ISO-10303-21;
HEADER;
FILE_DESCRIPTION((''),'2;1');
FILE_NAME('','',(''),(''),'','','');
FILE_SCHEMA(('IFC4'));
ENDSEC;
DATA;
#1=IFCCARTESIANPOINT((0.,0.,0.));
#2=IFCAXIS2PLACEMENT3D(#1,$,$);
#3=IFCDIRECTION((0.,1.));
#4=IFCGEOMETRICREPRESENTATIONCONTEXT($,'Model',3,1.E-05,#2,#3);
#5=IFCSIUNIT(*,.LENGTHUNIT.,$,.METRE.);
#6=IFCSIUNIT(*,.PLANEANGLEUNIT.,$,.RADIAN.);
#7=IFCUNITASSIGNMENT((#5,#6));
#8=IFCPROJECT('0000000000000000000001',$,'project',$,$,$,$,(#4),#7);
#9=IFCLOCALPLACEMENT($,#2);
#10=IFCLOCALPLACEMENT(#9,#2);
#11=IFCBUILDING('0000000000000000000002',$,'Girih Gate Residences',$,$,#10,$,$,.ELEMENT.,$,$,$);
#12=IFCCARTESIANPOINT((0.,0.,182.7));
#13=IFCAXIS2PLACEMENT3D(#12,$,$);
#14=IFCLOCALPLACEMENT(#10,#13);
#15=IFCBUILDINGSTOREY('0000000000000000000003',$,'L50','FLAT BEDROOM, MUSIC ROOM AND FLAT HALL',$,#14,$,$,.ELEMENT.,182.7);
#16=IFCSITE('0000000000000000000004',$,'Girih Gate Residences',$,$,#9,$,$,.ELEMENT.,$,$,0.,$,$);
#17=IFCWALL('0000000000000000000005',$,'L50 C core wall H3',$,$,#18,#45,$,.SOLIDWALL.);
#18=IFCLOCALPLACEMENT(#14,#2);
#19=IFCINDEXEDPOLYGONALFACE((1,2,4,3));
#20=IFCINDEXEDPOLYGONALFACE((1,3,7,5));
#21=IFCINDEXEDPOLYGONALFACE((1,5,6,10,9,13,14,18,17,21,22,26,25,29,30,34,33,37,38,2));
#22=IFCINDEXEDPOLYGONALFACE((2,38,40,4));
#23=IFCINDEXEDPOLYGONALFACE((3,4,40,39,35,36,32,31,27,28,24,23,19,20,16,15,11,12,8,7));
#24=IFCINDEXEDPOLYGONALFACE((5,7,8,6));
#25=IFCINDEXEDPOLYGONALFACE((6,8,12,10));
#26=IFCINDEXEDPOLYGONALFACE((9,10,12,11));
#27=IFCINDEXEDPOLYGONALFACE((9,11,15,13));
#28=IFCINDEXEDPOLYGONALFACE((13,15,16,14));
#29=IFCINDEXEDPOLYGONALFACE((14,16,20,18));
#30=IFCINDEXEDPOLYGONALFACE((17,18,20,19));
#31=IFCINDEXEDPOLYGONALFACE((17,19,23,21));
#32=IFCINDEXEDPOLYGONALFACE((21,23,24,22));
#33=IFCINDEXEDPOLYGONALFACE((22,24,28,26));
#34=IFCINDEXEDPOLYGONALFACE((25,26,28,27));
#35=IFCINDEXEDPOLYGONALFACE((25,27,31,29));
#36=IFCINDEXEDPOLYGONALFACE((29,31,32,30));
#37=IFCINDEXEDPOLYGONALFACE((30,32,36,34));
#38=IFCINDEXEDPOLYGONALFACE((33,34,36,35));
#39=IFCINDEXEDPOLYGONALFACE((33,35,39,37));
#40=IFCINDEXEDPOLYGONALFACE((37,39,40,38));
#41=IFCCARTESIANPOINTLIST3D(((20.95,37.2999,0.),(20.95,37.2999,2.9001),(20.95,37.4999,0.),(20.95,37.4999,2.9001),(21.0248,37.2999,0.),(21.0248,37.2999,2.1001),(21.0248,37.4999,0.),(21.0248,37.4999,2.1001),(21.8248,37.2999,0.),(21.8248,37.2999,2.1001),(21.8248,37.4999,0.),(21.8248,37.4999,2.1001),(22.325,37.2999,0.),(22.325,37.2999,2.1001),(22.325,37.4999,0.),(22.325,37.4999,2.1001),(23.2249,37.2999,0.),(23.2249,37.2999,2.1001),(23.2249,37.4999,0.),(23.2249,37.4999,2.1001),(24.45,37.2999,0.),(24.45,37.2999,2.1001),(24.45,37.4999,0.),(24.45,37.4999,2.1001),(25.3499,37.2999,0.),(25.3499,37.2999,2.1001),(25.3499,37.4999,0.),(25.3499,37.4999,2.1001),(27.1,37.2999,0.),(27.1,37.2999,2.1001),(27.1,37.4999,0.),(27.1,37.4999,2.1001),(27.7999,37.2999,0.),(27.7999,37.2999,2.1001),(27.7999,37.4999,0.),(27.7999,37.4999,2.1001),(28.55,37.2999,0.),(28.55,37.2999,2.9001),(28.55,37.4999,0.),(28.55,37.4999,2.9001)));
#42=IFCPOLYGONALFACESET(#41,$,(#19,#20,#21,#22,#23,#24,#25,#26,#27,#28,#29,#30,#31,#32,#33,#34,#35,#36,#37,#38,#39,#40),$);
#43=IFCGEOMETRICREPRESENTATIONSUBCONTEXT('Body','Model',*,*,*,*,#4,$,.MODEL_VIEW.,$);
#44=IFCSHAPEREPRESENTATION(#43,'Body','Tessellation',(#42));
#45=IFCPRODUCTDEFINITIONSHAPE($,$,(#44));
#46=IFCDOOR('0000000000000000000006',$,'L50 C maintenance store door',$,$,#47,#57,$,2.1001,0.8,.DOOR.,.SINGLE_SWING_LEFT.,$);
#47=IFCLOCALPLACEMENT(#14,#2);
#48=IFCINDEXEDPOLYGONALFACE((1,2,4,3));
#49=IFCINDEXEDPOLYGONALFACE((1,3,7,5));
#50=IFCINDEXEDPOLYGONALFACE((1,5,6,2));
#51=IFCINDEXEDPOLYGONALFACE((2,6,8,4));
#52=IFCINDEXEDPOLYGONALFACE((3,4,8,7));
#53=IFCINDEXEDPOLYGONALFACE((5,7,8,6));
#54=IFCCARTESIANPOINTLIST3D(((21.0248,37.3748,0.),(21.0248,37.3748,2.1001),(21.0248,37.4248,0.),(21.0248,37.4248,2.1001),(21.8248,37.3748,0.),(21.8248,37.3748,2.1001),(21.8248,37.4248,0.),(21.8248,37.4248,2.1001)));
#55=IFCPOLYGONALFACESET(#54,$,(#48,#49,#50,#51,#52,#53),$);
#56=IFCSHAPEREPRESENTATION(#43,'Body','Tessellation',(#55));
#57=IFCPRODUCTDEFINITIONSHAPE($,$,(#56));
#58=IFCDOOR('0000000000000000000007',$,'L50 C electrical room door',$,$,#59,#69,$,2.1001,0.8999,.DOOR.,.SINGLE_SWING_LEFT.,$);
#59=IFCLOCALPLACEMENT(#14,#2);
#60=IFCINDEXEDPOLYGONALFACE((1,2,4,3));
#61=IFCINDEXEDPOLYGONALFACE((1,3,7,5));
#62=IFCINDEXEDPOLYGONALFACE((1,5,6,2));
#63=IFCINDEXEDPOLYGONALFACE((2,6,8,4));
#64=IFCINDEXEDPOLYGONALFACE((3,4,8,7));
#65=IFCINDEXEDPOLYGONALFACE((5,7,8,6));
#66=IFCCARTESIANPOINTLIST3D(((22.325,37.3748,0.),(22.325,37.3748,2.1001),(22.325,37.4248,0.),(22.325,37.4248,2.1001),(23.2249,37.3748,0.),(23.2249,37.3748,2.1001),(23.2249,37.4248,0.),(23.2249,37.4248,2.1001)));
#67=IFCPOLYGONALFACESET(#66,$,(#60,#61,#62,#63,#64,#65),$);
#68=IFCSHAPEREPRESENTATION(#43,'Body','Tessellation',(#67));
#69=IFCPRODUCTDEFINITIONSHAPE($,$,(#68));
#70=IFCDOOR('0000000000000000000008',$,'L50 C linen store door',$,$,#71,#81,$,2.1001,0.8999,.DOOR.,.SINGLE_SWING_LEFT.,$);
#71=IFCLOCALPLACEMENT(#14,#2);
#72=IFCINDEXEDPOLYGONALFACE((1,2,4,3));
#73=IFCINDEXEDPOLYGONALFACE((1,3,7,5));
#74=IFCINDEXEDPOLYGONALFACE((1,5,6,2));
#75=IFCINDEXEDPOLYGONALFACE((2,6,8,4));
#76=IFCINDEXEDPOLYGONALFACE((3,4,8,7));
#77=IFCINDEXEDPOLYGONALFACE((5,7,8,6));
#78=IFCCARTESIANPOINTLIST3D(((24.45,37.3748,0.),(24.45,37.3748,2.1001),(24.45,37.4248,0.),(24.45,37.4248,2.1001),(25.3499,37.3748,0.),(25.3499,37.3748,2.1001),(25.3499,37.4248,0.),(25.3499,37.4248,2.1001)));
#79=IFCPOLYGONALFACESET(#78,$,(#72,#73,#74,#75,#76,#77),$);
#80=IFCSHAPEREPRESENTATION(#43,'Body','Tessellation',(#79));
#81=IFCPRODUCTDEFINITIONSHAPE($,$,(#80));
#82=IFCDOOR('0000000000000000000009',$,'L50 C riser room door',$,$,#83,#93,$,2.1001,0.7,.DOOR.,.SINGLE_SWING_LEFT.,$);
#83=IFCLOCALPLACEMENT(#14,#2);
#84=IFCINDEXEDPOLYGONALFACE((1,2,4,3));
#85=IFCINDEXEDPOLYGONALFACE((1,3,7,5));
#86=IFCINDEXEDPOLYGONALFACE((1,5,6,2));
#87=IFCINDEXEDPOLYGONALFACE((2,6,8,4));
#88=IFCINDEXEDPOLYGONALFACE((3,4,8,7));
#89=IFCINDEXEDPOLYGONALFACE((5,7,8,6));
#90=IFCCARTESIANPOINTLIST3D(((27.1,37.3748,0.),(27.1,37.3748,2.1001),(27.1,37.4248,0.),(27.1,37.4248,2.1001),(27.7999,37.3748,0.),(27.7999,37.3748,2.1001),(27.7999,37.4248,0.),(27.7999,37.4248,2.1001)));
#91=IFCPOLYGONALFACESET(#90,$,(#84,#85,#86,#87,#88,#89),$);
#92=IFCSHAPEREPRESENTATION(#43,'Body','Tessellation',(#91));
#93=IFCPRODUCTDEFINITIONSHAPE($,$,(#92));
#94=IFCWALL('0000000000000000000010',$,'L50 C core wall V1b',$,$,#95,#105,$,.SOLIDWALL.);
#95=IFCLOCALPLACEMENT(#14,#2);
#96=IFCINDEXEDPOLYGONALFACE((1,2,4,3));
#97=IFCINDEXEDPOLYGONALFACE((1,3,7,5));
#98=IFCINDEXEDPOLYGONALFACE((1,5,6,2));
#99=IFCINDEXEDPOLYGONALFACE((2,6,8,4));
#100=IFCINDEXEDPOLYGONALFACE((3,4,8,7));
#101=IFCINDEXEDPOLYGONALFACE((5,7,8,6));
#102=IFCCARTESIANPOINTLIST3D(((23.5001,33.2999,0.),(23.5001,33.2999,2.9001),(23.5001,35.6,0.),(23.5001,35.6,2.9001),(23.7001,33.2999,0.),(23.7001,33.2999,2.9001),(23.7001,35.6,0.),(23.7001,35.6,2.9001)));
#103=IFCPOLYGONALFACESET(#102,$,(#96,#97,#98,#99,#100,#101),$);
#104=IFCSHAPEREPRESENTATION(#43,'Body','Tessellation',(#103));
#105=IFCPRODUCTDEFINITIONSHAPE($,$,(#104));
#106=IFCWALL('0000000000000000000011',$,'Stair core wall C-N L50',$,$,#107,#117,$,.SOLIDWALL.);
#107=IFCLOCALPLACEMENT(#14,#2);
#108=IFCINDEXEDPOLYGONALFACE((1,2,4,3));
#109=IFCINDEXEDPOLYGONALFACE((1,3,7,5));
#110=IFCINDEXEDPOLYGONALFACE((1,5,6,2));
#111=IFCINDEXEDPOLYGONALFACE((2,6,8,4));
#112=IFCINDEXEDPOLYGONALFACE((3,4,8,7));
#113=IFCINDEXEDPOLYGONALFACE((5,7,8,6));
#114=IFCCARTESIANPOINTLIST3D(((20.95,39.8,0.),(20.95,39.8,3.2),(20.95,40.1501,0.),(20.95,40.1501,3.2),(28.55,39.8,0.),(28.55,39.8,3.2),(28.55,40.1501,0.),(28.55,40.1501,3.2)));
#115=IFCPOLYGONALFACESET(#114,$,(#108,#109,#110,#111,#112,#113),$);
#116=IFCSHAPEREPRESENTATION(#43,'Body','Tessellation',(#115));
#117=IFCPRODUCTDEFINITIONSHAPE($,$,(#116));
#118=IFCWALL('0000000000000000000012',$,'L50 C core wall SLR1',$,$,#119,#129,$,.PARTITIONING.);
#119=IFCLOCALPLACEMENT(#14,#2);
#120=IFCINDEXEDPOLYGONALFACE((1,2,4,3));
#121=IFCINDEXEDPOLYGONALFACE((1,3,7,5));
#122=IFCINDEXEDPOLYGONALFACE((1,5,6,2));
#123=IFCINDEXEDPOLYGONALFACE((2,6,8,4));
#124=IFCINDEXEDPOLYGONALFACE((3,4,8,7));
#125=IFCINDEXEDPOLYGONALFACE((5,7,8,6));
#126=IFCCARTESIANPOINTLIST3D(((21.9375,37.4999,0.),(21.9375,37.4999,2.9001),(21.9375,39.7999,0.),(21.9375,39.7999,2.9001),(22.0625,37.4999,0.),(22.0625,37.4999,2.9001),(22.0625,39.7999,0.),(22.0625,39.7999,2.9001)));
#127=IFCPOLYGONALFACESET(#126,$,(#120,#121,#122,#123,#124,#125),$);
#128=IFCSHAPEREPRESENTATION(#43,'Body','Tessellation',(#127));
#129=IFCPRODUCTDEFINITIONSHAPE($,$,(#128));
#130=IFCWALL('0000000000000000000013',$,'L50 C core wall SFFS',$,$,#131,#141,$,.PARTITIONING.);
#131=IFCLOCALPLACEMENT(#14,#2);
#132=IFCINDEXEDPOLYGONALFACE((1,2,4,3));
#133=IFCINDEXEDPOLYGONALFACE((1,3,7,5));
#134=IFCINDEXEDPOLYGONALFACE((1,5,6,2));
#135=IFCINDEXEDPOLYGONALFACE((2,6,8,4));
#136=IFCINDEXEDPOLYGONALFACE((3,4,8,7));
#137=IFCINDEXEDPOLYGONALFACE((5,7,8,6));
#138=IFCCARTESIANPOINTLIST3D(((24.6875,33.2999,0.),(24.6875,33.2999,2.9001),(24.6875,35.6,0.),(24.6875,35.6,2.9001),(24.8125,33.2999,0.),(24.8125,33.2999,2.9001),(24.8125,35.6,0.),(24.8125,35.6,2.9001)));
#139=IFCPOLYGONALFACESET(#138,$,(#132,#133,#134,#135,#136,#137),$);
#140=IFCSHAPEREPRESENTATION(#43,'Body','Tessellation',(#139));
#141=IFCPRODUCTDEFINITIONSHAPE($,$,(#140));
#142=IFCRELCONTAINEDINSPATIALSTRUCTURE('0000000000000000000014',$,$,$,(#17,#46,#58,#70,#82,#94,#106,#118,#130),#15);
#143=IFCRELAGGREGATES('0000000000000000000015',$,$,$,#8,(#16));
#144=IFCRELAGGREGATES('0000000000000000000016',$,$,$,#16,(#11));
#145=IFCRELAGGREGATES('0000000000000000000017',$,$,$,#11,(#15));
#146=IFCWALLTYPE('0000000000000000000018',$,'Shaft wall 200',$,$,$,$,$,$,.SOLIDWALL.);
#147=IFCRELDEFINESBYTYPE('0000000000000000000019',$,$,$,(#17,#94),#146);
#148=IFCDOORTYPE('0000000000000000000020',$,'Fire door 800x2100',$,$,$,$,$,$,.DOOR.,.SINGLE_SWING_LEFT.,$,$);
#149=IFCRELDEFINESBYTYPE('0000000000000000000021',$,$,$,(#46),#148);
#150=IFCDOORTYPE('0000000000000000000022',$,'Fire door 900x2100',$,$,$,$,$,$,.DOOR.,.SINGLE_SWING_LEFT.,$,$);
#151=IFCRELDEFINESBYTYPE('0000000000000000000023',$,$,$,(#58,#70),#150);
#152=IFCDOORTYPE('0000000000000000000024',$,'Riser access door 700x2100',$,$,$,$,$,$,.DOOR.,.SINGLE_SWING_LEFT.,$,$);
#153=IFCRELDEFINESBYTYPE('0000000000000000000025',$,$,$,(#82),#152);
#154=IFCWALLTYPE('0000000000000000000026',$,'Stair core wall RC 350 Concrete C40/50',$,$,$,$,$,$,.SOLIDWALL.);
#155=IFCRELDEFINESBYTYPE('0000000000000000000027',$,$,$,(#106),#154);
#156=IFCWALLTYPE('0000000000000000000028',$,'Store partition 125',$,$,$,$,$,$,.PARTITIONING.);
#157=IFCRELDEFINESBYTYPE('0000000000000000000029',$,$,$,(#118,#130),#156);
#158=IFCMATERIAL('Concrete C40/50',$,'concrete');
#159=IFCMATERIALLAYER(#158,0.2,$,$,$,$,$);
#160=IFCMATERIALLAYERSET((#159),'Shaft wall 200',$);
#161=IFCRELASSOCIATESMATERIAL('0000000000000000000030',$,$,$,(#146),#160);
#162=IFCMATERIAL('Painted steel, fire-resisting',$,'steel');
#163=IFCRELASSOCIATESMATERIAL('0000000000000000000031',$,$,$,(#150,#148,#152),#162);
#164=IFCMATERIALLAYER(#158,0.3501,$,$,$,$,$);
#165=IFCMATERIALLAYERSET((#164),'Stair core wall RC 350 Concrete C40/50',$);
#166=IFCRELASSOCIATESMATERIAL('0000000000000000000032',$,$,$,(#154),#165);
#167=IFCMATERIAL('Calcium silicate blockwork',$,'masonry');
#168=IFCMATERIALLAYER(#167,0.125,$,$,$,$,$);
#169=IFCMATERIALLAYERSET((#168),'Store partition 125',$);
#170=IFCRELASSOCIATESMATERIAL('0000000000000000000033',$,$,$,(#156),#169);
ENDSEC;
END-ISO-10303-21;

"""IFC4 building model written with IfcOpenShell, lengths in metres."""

from ifc_helpers import new_model, si_unit, direction, frame, frame_2d, origin, place, context, subcontext, project, spatial, rectangle, extrude, material, layer, layer_set, type_object, element, fill, save


model = new_model("IFC4")

# Units and contexts
model_context = context("Model", 3, precision=1e-05, world=origin(), true_north=direction((0.0, 1.0)))
body_context = subcontext(model_context, "Body", "Model", "MODEL_VIEW")
ifc_project = project(units=[si_unit("LENGTHUNIT", "METRE"), si_unit("PLANEANGLEUNIT", "RADIAN")], contexts=[model_context])

# Site, building, storey
site_placement = place(None, origin())
site = spatial("IfcSite", under=ifc_project, at=site_placement, Name="Girih Gate Residences", CompositionType="ELEMENT", RefElevation=0.0)
building_placement = place(site_placement, origin())
building = spatial("IfcBuilding", under=site, at=building_placement, Name="Girih Gate Residences", CompositionType="ELEMENT")
storey_placement = place(building_placement, frame((0.0, 0.0, 182.7)))
storey = spatial("IfcBuildingStorey", under=building, at=storey_placement, Name="L50", Description="FLAT BEDROOM, MUSIC ROOM AND FLAT HALL", CompositionType="ELEMENT", Elevation=182.7)

# Shared definitions
ifc_material_1 = material(Name="Concrete C40/50", Category="concrete")

# Wall, openings, doors
ifc_layer_1 = layer(ifc_material_1, 0.2)
ifc_layer_set_1 = layer_set([ifc_layer_1], Name="Shaft wall 200")
wall_type_1 = type_object("IfcWallType", Name="Shaft wall 200", PredefinedType="SOLIDWALL", material=ifc_layer_set_1)
ifc_material_2 = material(Name="Painted steel, fire-resisting", Category="steel")
door_type_1 = type_object("IfcDoorType", Name="Fire door 900x2100", OperationType="SINGLE_SWING_LEFT", PredefinedType="DOOR", material=ifc_material_2)
wall_1_placement = place(storey_placement, frame((20.95, 37.3999, 0.0), z_axis=(0.0, 0.0, 1.0), x_axis=(1.0, 0.0, 0.0)))
wall_1 = element("IfcWall", 1, at=wall_1_placement, inside=storey, type_object=wall_type_1, Name="L50 C core wall H3", PredefinedType="SOLIDWALL", context=body_context, shape_type="SweptSolid", body=[
    extrude(rectangle(XDim=7.6001, YDim=0.2, at=frame_2d((3.8, 0.0))), origin(), (0.0, 0.0, 1.0), 2.9001),
])
opening_1_placement = place(wall_1_placement, frame((6.1499, 0.0, 0.0)))
opening_1 = element("IfcOpeningElement", 2, at=opening_1_placement, cuts=wall_1, PredefinedType="OPENING", context=body_context, shape_type="SweptSolid", body=[
    extrude(rectangle(XDim=0.7, YDim=2.1001, at=frame_2d((0.3501, 1.05))), frame((0.0, 0.1099, 0.0), z_axis=(0.0, -1.0, 0.0), x_axis=(1.0, 0.0, 0.0)), (0.0, 0.0, 1.0), 0.22),
])
opening_2_placement = place(wall_1_placement, frame((0.075, 0.0, 0.0)))
opening_2 = element("IfcOpeningElement", 3, at=opening_2_placement, cuts=wall_1, PredefinedType="OPENING", context=body_context, shape_type="SweptSolid", body=[
    extrude(rectangle(XDim=0.8, YDim=2.1001, at=frame_2d((0.3999, 1.05))), frame((0.0, 0.1099, 0.0), z_axis=(0.0, -1.0, 0.0), x_axis=(1.0, 0.0, 0.0)), (0.0, 0.0, 1.0), 0.22),
])
opening_3_placement = place(wall_1_placement, frame((1.375, 0.0, 0.0)))
opening_3 = element("IfcOpeningElement", 4, at=opening_3_placement, cuts=wall_1, PredefinedType="OPENING", context=body_context, shape_type="SweptSolid", body=[
    extrude(rectangle(XDim=0.8999, YDim=2.1001, at=frame_2d((0.45, 1.05))), frame((0.0, 0.1099, 0.0), z_axis=(0.0, -1.0, 0.0), x_axis=(1.0, 0.0, 0.0)), (0.0, 0.0, 1.0), 0.22),
])
opening_4_placement = place(wall_1_placement, frame((3.5, 0.0, 0.0)))
opening_4 = element("IfcOpeningElement", 5, at=opening_4_placement, cuts=wall_1, PredefinedType="OPENING", context=body_context, shape_type="SweptSolid", body=[
    extrude(rectangle(XDim=0.8999, YDim=2.1001, at=frame_2d((0.45, 1.05))), frame((0.0, 0.1099, 0.0), z_axis=(0.0, -1.0, 0.0), x_axis=(1.0, 0.0, 0.0)), (0.0, 0.0, 1.0), 0.22),
])
door_type_2 = type_object("IfcDoorType", Name="Fire door 800x2100", OperationType="SINGLE_SWING_LEFT", PredefinedType="DOOR", material=ifc_material_2)
door_1_placement = place(opening_2_placement, origin())
door_1 = element("IfcDoor", 6, at=door_1_placement, inside=storey, type_object=door_type_2, Name="L50 C maintenance store door", OperationType="SINGLE_SWING_LEFT", OverallHeight=2.1001, OverallWidth=0.8, PredefinedType="DOOR", context=body_context, shape_type="SweptSolid", body=[
    extrude(rectangle(XDim=0.8, YDim=2.1001, at=frame_2d((0.3999, 1.05))), frame((0.0, 0.0249, 0.0), z_axis=(0.0, -1.0, 0.0), x_axis=(1.0, 0.0, 0.0)), (0.0, 0.0, 1.0), 0.05),
])
fill(opening_2, door_1)
door_2_placement = place(opening_3_placement, origin())
door_2 = element("IfcDoor", 7, at=door_2_placement, inside=storey, type_object=door_type_1, Name="L50 C electrical room door", OperationType="SINGLE_SWING_LEFT", OverallHeight=2.1001, OverallWidth=0.8999, PredefinedType="DOOR", context=body_context, shape_type="SweptSolid", body=[
    extrude(rectangle(XDim=0.8999, YDim=2.1001, at=frame_2d((0.45, 1.05))), frame((0.0, 0.0249, 0.0), z_axis=(0.0, -1.0, 0.0), x_axis=(1.0, 0.0, 0.0)), (0.0, 0.0, 1.0), 0.05),
])
fill(opening_3, door_2)
door_3_placement = place(opening_4_placement, origin())
door_3 = element("IfcDoor", 8, at=door_3_placement, inside=storey, type_object=door_type_1, Name="L50 C linen store door", OperationType="SINGLE_SWING_LEFT", OverallHeight=2.1001, OverallWidth=0.8999, PredefinedType="DOOR", context=body_context, shape_type="SweptSolid", body=[
    extrude(rectangle(XDim=0.8999, YDim=2.1001, at=frame_2d((0.45, 1.05))), frame((0.0, 0.0249, 0.0), z_axis=(0.0, -1.0, 0.0), x_axis=(1.0, 0.0, 0.0)), (0.0, 0.0, 1.0), 0.05),
])
fill(opening_4, door_3)
door_type_3 = type_object("IfcDoorType", Name="Riser access door 700x2100", OperationType="SINGLE_SWING_LEFT", PredefinedType="DOOR", material=ifc_material_2)
door_4_placement = place(opening_1_placement, origin())
door_4 = element("IfcDoor", 9, at=door_4_placement, inside=storey, type_object=door_type_3, Name="L50 C riser room door", OperationType="SINGLE_SWING_LEFT", OverallHeight=2.1001, OverallWidth=0.7, PredefinedType="DOOR", context=body_context, shape_type="SweptSolid", body=[
    extrude(rectangle(XDim=0.7, YDim=2.1001, at=frame_2d((0.3501, 1.05))), frame((0.0, 0.0249, 0.0), z_axis=(0.0, -1.0, 0.0), x_axis=(1.0, 0.0, 0.0)), (0.0, 0.0, 1.0), 0.05),
])
fill(opening_1, door_4)

# Walls
wall_2_placement = place(storey_placement, frame((23.6001, 33.3, 0.0), z_axis=(0.0, 0.0, 1.0), x_axis=(0.0, 1.0, 0.0)))
element("IfcWall", 10, at=wall_2_placement, inside=storey, type_object=wall_type_1, Name="L50 C core wall V1b", PredefinedType="SOLIDWALL", context=body_context, shape_type="SweptSolid", body=[
    extrude(rectangle(XDim=2.3, YDim=0.2, at=frame_2d((1.1499, 0.0))), origin(), (0.0, 0.0, 1.0), 2.9001),
])
ifc_layer_2 = layer(ifc_material_1, 0.3501)
ifc_layer_set_2 = layer_set([ifc_layer_2], Name="Stair core wall RC 350 Concrete C40/50")
wall_type_2 = type_object("IfcWallType", Name="Stair core wall RC 350 Concrete C40/50", PredefinedType="SOLIDWALL", material=ifc_layer_set_2)
wall_3_placement = place(storey_placement, frame((20.95, 39.9751, 0.0), z_axis=(0.0, 0.0, 1.0), x_axis=(1.0, 0.0, 0.0)))
element("IfcWall", 11, at=wall_3_placement, inside=storey, type_object=wall_type_2, Name="Stair core wall C-N L50", PredefinedType="SOLIDWALL", context=body_context, shape_type="SweptSolid", body=[
    extrude(rectangle(XDim=7.6001, YDim=0.3501, at=frame_2d((3.8, 0.0))), origin(), (0.0, 0.0, 1.0), 3.2),
])
ifc_material_3 = material(Name="Calcium silicate blockwork", Category="masonry")
ifc_layer_3 = layer(ifc_material_3, 0.125)
ifc_layer_set_3 = layer_set([ifc_layer_3], Name="Store partition 125")
wall_type_3 = type_object("IfcWallType", Name="Store partition 125", PredefinedType="PARTITIONING", material=ifc_layer_set_3)
for number, where, z_axis, x_axis, name in (
    (12, (22.0, 37.5, 0.0), (0.0, 0.0, 1.0), (0.0, 1.0, 0.0), "L50 C core wall SLR1"),
    (13, (24.75, 33.3, 0.0), (0.0, 0.0, 1.0), (0.0, 1.0, 0.0), "L50 C core wall SFFS"),
):
    element("IfcWall", number, at=place(storey_placement, frame(where, z_axis=z_axis, x_axis=x_axis)), inside=storey, type_object=wall_type_3, Name=name, PredefinedType="PARTITIONING", context=body_context, shape_type="SweptSolid", body=[
        extrude(rectangle(XDim=2.3, YDim=0.125, at=frame_2d((1.1499, 0.0))), origin(), (0.0, 0.0, 1.0), 2.9001),
    ])

save(model, "model.ifc")
